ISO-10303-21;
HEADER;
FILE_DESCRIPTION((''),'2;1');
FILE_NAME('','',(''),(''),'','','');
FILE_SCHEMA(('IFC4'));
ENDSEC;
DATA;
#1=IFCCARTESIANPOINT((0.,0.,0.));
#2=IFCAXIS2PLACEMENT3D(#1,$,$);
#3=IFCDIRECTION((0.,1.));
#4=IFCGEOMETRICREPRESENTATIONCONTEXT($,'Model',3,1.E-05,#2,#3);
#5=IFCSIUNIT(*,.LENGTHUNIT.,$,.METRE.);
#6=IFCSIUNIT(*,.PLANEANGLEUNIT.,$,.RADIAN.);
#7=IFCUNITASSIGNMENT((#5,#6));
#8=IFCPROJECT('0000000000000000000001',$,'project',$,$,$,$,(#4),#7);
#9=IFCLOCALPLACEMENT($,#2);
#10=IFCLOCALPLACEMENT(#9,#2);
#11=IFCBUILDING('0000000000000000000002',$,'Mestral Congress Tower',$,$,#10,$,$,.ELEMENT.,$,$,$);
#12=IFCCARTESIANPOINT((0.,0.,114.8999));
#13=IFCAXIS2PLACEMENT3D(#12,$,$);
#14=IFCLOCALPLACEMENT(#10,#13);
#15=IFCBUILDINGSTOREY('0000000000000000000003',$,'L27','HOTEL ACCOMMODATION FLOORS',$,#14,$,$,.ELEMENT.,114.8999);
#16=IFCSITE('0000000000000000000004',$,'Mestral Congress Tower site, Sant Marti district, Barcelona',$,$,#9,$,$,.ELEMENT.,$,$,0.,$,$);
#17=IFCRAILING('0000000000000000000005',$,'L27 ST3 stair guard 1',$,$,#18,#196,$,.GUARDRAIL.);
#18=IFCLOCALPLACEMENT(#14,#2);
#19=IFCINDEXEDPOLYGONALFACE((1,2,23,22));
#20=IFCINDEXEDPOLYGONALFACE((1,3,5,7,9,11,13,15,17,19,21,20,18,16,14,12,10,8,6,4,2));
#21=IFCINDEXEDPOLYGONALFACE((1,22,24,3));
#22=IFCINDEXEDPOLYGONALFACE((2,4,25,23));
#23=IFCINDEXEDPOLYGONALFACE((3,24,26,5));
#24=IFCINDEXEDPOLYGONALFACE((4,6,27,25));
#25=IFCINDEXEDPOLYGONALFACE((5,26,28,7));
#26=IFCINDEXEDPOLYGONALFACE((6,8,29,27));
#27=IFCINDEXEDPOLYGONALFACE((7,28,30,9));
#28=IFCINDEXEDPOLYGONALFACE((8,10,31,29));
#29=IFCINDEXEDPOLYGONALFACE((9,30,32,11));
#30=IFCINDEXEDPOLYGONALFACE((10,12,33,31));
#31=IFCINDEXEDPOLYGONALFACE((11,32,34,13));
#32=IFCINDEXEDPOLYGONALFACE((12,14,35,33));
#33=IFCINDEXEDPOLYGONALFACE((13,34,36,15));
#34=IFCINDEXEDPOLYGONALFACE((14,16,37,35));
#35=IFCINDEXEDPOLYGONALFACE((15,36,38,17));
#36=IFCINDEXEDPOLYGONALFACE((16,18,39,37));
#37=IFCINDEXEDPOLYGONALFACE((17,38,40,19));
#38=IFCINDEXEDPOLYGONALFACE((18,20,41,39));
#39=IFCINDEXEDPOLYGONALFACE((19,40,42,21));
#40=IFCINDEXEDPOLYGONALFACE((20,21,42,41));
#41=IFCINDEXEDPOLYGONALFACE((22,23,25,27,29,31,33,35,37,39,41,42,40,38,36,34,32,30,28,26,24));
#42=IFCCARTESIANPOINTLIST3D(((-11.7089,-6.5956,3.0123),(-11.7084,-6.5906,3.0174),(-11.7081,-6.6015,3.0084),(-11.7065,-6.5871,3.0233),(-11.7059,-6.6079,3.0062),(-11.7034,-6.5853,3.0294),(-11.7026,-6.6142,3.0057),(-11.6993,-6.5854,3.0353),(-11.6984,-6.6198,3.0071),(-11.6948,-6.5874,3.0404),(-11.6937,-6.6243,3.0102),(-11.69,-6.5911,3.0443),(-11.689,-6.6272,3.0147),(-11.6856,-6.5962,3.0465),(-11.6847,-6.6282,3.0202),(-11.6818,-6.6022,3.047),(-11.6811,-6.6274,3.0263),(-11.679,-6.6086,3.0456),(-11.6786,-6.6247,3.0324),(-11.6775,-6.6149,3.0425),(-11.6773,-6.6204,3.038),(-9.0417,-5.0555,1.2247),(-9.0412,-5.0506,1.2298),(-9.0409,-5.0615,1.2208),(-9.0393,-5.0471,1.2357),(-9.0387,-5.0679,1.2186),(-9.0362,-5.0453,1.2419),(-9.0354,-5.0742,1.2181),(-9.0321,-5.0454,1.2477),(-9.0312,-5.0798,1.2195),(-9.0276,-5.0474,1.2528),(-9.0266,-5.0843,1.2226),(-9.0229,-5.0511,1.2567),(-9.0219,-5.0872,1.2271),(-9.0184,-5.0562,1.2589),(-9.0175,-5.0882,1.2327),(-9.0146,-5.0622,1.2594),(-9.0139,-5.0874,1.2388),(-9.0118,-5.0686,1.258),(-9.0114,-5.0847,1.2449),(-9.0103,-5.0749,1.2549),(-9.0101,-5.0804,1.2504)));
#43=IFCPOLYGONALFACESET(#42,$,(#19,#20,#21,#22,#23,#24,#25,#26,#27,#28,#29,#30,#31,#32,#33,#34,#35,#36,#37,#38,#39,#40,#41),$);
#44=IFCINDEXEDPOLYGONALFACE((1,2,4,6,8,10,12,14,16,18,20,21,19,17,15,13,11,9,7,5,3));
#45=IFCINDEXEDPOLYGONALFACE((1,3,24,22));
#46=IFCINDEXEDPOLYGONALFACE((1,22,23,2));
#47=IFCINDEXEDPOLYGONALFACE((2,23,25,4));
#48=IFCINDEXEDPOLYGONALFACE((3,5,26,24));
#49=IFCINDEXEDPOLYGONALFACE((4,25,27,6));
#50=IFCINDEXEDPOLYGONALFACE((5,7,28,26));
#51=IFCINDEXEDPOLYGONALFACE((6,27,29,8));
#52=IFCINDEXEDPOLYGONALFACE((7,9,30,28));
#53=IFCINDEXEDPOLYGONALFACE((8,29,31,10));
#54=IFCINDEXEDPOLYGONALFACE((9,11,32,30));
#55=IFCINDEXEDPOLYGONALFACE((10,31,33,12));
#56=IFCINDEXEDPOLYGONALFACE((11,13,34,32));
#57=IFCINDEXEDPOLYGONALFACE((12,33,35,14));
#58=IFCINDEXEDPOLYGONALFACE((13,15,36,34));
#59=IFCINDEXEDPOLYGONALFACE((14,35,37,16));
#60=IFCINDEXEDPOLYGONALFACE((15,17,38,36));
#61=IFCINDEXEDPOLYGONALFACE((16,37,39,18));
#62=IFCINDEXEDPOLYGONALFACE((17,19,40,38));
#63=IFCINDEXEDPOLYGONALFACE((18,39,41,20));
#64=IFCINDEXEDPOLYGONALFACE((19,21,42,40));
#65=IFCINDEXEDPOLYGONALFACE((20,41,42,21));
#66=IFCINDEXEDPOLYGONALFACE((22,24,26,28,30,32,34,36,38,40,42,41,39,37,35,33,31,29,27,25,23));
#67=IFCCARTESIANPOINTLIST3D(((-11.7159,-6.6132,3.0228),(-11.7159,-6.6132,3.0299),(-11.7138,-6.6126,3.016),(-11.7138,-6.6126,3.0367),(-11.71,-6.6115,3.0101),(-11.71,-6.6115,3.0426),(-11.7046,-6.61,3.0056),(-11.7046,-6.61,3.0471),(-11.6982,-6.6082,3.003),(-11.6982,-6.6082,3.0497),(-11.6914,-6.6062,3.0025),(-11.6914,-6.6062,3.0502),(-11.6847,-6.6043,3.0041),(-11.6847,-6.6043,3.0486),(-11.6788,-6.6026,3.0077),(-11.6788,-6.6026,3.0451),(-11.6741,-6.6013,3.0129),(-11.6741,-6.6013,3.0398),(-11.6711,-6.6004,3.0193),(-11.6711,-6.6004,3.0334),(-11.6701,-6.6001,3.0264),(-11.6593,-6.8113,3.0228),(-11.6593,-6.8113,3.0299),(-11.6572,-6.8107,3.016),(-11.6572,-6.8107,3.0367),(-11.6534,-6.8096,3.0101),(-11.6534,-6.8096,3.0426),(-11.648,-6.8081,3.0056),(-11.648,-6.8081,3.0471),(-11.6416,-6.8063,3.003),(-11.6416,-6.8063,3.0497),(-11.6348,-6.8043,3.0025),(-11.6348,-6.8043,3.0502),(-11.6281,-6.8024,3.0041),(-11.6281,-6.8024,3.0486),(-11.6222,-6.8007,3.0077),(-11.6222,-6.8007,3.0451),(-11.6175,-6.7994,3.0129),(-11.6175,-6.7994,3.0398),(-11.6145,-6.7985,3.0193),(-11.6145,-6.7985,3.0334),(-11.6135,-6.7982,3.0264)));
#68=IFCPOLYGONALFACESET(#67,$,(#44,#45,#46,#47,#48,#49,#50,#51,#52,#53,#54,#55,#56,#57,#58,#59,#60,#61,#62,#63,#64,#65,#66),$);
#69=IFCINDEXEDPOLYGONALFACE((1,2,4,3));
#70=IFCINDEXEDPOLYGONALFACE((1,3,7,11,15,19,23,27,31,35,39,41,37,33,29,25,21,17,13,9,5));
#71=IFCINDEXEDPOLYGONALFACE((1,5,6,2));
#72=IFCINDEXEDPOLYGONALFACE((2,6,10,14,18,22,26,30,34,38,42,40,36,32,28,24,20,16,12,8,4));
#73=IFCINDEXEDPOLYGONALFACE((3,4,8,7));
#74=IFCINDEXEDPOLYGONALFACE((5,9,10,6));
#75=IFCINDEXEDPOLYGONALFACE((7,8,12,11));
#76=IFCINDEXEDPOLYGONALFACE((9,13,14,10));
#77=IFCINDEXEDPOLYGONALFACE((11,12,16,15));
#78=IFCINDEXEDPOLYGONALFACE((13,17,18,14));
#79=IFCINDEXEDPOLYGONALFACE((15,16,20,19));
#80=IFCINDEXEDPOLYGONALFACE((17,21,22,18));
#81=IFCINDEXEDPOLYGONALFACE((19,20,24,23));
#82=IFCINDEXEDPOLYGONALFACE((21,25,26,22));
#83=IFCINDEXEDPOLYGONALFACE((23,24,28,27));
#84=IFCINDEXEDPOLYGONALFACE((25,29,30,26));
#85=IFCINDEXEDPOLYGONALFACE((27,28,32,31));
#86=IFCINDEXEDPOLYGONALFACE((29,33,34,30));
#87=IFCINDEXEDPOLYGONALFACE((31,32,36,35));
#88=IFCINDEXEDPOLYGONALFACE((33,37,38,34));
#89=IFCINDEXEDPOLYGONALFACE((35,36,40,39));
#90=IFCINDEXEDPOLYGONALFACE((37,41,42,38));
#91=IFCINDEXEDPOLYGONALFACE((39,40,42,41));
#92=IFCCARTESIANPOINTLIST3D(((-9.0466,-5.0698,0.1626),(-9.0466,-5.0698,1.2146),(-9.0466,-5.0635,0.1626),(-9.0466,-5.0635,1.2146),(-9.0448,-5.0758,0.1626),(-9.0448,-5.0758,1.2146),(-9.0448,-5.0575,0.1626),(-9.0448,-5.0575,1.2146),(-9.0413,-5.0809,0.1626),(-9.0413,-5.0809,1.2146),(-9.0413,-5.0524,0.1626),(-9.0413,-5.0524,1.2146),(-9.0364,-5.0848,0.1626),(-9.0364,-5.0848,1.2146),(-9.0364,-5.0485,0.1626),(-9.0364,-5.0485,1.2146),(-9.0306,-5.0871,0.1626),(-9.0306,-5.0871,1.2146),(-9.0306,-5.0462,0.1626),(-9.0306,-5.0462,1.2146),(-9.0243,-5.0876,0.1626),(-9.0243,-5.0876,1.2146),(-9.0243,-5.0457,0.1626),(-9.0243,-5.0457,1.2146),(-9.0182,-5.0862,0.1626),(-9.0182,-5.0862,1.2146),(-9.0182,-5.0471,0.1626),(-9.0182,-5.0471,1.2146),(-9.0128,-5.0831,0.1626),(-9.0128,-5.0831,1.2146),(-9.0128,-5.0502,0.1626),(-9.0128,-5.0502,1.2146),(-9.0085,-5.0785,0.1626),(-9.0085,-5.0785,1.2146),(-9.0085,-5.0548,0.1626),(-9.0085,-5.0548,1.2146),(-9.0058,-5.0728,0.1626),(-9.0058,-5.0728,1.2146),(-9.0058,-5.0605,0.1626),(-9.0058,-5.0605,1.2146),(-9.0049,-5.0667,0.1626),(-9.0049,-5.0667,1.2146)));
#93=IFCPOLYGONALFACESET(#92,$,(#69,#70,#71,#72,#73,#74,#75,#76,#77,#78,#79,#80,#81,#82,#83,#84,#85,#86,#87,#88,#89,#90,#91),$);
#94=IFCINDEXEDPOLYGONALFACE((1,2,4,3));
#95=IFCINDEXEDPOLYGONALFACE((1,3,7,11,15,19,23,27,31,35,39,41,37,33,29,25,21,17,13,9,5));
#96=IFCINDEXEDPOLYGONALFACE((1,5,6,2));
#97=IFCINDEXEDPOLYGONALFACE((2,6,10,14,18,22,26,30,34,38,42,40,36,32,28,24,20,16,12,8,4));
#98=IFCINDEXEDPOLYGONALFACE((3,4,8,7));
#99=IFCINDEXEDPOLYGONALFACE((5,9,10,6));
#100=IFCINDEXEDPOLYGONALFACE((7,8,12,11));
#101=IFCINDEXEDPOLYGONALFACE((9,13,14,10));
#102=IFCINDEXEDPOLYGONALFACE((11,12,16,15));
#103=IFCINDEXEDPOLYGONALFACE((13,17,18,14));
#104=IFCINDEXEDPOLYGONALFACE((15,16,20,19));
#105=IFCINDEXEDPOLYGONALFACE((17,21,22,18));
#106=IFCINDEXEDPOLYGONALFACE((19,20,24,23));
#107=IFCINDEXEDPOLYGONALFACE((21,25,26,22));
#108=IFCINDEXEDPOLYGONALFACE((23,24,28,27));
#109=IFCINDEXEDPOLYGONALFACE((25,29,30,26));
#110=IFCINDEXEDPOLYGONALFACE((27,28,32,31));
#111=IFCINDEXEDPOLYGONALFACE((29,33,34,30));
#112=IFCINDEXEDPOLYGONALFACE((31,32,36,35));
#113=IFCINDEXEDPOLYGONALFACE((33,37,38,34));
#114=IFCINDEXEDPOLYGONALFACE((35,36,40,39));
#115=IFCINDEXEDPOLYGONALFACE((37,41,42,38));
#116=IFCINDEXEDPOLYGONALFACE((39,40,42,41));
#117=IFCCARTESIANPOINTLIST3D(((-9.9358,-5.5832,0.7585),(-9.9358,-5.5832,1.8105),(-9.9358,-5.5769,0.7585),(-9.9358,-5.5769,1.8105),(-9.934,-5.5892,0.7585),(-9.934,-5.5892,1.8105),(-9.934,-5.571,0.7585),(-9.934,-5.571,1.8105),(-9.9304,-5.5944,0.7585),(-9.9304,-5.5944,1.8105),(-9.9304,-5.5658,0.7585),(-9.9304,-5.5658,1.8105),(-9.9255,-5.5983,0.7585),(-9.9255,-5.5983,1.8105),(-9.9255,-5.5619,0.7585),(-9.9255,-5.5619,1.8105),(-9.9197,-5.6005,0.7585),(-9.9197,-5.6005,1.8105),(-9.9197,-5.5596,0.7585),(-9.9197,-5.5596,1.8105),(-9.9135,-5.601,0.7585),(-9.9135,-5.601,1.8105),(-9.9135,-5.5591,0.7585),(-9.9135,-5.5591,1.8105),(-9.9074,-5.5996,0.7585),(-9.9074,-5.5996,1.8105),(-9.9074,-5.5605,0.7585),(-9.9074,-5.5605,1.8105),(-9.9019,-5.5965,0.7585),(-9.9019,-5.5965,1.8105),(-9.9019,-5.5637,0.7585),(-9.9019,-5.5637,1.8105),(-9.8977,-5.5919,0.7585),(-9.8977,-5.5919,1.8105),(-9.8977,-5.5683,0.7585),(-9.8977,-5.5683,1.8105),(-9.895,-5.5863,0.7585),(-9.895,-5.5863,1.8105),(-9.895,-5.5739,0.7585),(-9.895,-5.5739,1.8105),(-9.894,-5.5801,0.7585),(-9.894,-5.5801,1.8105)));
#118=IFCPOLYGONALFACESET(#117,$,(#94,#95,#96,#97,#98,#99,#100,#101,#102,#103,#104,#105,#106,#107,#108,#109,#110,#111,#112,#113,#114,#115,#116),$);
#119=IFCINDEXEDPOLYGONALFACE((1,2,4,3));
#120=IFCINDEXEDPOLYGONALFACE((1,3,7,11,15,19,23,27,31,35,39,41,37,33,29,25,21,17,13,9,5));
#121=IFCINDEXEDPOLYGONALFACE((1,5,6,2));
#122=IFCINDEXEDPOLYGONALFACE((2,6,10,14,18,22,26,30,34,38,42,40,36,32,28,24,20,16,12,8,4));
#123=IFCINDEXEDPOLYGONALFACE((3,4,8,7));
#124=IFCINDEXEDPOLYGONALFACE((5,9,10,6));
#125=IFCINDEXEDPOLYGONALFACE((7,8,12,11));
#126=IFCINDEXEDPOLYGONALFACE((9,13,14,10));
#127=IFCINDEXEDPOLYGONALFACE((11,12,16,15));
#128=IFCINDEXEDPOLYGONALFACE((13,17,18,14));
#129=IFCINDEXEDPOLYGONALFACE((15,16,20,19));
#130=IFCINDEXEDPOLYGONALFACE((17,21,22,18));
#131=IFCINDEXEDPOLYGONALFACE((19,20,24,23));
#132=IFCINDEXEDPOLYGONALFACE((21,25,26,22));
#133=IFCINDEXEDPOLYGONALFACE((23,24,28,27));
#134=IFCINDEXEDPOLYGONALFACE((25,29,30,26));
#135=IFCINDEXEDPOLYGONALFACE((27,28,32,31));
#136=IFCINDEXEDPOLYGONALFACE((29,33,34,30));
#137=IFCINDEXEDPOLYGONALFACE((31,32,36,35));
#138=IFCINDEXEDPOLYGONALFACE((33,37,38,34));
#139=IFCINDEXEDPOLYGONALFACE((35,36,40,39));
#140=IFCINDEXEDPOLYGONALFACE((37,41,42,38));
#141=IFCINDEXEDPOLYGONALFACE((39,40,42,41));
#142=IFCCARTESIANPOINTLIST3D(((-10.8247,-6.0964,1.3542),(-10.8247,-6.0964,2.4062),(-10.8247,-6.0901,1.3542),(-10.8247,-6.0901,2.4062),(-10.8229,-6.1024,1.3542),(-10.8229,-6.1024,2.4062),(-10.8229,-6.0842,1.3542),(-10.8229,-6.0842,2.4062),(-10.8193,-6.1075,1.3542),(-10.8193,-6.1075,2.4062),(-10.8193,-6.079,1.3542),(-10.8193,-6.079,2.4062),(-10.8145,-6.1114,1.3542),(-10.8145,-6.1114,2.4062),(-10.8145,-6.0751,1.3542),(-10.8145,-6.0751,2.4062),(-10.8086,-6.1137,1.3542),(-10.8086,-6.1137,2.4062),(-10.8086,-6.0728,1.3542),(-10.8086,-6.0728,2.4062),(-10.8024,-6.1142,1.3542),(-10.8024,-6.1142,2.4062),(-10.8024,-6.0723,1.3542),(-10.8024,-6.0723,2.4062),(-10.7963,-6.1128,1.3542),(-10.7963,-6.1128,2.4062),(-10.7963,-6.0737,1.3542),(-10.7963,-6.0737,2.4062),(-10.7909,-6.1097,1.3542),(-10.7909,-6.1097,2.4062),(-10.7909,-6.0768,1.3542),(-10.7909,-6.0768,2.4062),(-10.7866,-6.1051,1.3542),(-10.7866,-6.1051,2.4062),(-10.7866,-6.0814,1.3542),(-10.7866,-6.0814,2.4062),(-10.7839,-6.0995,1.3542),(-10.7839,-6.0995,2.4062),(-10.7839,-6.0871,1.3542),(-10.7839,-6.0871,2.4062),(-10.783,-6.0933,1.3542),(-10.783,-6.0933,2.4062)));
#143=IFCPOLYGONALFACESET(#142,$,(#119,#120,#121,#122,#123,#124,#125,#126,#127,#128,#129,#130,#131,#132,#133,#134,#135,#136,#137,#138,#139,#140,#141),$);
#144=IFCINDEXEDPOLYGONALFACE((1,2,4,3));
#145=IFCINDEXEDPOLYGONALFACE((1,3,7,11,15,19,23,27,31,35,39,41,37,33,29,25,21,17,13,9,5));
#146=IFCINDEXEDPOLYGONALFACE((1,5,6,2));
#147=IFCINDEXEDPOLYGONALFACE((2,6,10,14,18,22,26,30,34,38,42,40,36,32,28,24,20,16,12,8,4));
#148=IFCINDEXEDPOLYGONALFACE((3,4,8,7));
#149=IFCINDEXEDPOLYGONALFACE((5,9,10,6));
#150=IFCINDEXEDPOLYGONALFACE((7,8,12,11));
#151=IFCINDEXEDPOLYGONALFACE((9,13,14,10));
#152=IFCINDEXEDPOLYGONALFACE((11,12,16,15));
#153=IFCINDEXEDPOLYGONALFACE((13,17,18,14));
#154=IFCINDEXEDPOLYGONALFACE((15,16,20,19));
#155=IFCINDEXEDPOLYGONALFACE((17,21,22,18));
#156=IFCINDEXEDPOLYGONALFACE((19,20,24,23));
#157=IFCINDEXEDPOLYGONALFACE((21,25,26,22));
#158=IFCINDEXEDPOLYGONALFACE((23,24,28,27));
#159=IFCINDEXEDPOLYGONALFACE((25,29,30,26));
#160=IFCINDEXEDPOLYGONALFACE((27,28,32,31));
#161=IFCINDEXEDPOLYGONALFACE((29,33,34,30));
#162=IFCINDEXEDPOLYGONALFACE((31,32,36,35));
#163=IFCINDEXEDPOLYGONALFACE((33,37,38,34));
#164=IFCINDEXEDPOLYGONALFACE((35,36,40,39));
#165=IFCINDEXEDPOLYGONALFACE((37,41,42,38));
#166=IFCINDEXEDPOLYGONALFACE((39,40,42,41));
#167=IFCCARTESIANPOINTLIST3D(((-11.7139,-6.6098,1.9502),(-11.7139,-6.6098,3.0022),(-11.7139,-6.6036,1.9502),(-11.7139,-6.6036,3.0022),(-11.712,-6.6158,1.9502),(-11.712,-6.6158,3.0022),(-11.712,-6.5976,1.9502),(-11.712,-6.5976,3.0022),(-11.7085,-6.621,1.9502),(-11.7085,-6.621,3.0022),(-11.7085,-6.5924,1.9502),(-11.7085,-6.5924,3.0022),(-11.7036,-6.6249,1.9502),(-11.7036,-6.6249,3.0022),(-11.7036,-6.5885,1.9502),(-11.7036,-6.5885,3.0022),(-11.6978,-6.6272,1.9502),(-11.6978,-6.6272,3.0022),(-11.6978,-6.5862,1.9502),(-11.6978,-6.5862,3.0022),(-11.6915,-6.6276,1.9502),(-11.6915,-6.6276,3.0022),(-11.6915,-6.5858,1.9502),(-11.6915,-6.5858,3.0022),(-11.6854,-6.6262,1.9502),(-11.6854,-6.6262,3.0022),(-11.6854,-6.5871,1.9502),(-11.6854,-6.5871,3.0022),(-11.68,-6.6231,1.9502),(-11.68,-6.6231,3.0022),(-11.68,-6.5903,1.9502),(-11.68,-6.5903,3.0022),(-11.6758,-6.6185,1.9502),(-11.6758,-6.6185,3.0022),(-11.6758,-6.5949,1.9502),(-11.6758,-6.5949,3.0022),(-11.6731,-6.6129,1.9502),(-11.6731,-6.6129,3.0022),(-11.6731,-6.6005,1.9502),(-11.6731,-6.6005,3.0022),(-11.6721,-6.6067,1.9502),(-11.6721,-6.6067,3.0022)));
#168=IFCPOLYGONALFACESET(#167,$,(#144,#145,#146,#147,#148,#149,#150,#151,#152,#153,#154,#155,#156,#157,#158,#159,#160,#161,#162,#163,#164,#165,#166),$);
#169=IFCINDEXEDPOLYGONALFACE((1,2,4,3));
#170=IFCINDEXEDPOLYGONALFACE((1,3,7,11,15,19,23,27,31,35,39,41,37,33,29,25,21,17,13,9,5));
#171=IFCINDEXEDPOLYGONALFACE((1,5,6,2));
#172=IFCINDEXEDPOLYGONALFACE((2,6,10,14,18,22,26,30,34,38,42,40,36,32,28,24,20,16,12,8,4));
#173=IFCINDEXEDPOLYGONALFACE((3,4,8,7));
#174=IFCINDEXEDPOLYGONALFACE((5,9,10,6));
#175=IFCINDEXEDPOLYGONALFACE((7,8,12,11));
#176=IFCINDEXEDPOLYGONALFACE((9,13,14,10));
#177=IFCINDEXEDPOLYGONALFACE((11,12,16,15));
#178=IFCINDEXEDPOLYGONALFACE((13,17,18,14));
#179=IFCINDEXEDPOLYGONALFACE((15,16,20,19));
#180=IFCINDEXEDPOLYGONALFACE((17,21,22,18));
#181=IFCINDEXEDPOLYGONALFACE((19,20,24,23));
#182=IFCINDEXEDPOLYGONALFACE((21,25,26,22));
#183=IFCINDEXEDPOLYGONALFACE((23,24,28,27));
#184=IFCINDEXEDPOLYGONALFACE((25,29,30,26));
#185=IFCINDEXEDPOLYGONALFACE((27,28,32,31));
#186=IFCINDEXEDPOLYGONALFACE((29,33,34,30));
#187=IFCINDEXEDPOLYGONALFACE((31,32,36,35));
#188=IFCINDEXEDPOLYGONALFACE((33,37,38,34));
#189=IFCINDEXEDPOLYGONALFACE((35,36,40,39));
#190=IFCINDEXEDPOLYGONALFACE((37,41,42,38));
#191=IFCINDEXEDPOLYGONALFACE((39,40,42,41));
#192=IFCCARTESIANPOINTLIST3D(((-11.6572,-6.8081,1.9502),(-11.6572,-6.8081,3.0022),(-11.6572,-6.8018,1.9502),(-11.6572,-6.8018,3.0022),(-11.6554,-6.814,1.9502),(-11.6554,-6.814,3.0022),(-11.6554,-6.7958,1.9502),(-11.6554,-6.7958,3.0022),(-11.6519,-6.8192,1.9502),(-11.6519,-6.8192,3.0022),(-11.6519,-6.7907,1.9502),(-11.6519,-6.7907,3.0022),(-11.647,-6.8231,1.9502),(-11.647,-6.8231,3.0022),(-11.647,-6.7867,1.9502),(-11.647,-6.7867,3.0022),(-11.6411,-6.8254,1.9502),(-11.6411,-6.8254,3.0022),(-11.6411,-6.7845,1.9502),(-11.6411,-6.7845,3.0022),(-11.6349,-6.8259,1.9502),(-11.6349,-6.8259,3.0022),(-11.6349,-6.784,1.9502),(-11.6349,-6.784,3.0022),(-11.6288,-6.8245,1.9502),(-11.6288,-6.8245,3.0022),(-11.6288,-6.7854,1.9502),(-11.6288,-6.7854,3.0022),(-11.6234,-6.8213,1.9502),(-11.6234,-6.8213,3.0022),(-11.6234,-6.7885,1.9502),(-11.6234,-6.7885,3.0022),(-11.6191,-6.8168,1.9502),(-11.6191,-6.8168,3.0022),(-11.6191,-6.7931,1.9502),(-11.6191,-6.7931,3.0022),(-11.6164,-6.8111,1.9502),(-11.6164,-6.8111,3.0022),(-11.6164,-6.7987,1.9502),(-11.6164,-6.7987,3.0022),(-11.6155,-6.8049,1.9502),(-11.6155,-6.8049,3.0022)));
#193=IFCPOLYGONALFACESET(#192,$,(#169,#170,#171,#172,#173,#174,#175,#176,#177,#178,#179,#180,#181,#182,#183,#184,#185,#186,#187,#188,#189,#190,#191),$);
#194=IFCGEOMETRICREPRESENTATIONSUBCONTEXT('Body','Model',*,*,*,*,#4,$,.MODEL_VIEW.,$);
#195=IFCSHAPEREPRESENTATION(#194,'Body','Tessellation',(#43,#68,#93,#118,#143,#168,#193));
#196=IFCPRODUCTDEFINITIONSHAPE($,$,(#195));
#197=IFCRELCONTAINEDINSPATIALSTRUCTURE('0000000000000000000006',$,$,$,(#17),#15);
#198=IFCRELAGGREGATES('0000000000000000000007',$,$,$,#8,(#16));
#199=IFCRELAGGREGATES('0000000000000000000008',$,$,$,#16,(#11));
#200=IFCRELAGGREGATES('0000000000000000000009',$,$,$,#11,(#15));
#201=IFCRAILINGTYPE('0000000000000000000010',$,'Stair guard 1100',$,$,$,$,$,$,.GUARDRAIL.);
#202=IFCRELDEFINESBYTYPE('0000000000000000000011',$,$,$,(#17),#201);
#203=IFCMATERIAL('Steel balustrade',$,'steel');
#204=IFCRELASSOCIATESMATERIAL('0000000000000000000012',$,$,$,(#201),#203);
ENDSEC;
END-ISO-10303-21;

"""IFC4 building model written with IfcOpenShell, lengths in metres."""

from ifc_helpers import new_model, si_unit, direction, frame, origin, origin_2d, place, context, subcontext, project, spatial, circle, extrude, material, type_object, element, save


model = new_model("IFC4")

# Units and contexts
model_context = context("Model", 3, precision=1e-05, world=origin(), true_north=direction((0.0, 1.0)))
body_context = subcontext(model_context, "Body", "Model", "MODEL_VIEW")
ifc_project = project(units=[si_unit("LENGTHUNIT", "METRE"), si_unit("PLANEANGLEUNIT", "RADIAN")], contexts=[model_context])

# Site, building, storey
site_placement = place(None, origin())
site = spatial("IfcSite", under=ifc_project, at=site_placement, Name="Mestral Congress Tower site, Sant Marti district, Barcelona", CompositionType="ELEMENT", RefElevation=0.0)
building_placement = place(site_placement, origin())
building = spatial("IfcBuilding", under=site, at=building_placement, Name="Mestral Congress Tower", CompositionType="ELEMENT")
storey_placement = place(building_placement, frame((0.0, 0.0, 114.8999)))
storey = spatial("IfcBuildingStorey", under=building, at=storey_placement, Name="L27", Description="HOTEL ACCOMMODATION FLOORS", CompositionType="ELEMENT", Elevation=114.8999)

# Railing
ifc_material_1 = material(Name="Steel balustrade", Category="steel")
railing_type_1 = type_object("IfcRailingType", Name="Stair guard 1100", PredefinedType="GUARDRAIL", material=ifc_material_1)
railing_1_placement = place(storey_placement, frame((-9.0259, -5.0667, 0.1626)))
element("IfcRailing", 1, at=railing_1_placement, inside=storey, type_object=railing_type_1, Name="L27 ST3 stair guard 1", PredefinedType="GUARDRAIL", context=body_context, shape_type="SweptSolid", body=[
    extrude(circle(Radius=0.0239, at=origin_2d()), frame((0.0, 0.0, 1.0762), z_axis=(-0.748994, -0.432463, 0.50198), x_axis=(0.500027, -0.86601, 0.0)), (0.0, 0.0, 1.0), 3.561),
    extrude(circle(Radius=0.0239, at=origin_2d()), frame((-2.6672, -1.54, 2.8638), z_axis=(0.274721, -0.961524, 0.0), x_axis=(0.961524, 0.274721, 0.0)), (0.0, 0.0, 1.0), 0.2061),
    extrude(circle(Radius=0.021, at=origin_2d()), origin(), (0.0, 0.0, 1.0), 1.052),
    extrude(circle(Radius=0.021, at=origin_2d()), frame((-0.8892, -0.5134, 0.5959)), (0.0, 0.0, 1.0), 1.052),
    extrude(circle(Radius=0.021, at=origin_2d()), frame((-1.7781, -1.0266, 1.1917)), (0.0, 0.0, 1.0), 1.052),
    extrude(circle(Radius=0.021, at=origin_2d()), frame((-2.6672, -1.54, 1.7876)), (0.0, 0.0, 1.0), 1.052),
    extrude(circle(Radius=0.021, at=origin_2d()), frame((-2.6106, -1.7383, 1.7876)), (0.0, 0.0, 1.0), 1.052),
])

save(model, "model.ifc")
